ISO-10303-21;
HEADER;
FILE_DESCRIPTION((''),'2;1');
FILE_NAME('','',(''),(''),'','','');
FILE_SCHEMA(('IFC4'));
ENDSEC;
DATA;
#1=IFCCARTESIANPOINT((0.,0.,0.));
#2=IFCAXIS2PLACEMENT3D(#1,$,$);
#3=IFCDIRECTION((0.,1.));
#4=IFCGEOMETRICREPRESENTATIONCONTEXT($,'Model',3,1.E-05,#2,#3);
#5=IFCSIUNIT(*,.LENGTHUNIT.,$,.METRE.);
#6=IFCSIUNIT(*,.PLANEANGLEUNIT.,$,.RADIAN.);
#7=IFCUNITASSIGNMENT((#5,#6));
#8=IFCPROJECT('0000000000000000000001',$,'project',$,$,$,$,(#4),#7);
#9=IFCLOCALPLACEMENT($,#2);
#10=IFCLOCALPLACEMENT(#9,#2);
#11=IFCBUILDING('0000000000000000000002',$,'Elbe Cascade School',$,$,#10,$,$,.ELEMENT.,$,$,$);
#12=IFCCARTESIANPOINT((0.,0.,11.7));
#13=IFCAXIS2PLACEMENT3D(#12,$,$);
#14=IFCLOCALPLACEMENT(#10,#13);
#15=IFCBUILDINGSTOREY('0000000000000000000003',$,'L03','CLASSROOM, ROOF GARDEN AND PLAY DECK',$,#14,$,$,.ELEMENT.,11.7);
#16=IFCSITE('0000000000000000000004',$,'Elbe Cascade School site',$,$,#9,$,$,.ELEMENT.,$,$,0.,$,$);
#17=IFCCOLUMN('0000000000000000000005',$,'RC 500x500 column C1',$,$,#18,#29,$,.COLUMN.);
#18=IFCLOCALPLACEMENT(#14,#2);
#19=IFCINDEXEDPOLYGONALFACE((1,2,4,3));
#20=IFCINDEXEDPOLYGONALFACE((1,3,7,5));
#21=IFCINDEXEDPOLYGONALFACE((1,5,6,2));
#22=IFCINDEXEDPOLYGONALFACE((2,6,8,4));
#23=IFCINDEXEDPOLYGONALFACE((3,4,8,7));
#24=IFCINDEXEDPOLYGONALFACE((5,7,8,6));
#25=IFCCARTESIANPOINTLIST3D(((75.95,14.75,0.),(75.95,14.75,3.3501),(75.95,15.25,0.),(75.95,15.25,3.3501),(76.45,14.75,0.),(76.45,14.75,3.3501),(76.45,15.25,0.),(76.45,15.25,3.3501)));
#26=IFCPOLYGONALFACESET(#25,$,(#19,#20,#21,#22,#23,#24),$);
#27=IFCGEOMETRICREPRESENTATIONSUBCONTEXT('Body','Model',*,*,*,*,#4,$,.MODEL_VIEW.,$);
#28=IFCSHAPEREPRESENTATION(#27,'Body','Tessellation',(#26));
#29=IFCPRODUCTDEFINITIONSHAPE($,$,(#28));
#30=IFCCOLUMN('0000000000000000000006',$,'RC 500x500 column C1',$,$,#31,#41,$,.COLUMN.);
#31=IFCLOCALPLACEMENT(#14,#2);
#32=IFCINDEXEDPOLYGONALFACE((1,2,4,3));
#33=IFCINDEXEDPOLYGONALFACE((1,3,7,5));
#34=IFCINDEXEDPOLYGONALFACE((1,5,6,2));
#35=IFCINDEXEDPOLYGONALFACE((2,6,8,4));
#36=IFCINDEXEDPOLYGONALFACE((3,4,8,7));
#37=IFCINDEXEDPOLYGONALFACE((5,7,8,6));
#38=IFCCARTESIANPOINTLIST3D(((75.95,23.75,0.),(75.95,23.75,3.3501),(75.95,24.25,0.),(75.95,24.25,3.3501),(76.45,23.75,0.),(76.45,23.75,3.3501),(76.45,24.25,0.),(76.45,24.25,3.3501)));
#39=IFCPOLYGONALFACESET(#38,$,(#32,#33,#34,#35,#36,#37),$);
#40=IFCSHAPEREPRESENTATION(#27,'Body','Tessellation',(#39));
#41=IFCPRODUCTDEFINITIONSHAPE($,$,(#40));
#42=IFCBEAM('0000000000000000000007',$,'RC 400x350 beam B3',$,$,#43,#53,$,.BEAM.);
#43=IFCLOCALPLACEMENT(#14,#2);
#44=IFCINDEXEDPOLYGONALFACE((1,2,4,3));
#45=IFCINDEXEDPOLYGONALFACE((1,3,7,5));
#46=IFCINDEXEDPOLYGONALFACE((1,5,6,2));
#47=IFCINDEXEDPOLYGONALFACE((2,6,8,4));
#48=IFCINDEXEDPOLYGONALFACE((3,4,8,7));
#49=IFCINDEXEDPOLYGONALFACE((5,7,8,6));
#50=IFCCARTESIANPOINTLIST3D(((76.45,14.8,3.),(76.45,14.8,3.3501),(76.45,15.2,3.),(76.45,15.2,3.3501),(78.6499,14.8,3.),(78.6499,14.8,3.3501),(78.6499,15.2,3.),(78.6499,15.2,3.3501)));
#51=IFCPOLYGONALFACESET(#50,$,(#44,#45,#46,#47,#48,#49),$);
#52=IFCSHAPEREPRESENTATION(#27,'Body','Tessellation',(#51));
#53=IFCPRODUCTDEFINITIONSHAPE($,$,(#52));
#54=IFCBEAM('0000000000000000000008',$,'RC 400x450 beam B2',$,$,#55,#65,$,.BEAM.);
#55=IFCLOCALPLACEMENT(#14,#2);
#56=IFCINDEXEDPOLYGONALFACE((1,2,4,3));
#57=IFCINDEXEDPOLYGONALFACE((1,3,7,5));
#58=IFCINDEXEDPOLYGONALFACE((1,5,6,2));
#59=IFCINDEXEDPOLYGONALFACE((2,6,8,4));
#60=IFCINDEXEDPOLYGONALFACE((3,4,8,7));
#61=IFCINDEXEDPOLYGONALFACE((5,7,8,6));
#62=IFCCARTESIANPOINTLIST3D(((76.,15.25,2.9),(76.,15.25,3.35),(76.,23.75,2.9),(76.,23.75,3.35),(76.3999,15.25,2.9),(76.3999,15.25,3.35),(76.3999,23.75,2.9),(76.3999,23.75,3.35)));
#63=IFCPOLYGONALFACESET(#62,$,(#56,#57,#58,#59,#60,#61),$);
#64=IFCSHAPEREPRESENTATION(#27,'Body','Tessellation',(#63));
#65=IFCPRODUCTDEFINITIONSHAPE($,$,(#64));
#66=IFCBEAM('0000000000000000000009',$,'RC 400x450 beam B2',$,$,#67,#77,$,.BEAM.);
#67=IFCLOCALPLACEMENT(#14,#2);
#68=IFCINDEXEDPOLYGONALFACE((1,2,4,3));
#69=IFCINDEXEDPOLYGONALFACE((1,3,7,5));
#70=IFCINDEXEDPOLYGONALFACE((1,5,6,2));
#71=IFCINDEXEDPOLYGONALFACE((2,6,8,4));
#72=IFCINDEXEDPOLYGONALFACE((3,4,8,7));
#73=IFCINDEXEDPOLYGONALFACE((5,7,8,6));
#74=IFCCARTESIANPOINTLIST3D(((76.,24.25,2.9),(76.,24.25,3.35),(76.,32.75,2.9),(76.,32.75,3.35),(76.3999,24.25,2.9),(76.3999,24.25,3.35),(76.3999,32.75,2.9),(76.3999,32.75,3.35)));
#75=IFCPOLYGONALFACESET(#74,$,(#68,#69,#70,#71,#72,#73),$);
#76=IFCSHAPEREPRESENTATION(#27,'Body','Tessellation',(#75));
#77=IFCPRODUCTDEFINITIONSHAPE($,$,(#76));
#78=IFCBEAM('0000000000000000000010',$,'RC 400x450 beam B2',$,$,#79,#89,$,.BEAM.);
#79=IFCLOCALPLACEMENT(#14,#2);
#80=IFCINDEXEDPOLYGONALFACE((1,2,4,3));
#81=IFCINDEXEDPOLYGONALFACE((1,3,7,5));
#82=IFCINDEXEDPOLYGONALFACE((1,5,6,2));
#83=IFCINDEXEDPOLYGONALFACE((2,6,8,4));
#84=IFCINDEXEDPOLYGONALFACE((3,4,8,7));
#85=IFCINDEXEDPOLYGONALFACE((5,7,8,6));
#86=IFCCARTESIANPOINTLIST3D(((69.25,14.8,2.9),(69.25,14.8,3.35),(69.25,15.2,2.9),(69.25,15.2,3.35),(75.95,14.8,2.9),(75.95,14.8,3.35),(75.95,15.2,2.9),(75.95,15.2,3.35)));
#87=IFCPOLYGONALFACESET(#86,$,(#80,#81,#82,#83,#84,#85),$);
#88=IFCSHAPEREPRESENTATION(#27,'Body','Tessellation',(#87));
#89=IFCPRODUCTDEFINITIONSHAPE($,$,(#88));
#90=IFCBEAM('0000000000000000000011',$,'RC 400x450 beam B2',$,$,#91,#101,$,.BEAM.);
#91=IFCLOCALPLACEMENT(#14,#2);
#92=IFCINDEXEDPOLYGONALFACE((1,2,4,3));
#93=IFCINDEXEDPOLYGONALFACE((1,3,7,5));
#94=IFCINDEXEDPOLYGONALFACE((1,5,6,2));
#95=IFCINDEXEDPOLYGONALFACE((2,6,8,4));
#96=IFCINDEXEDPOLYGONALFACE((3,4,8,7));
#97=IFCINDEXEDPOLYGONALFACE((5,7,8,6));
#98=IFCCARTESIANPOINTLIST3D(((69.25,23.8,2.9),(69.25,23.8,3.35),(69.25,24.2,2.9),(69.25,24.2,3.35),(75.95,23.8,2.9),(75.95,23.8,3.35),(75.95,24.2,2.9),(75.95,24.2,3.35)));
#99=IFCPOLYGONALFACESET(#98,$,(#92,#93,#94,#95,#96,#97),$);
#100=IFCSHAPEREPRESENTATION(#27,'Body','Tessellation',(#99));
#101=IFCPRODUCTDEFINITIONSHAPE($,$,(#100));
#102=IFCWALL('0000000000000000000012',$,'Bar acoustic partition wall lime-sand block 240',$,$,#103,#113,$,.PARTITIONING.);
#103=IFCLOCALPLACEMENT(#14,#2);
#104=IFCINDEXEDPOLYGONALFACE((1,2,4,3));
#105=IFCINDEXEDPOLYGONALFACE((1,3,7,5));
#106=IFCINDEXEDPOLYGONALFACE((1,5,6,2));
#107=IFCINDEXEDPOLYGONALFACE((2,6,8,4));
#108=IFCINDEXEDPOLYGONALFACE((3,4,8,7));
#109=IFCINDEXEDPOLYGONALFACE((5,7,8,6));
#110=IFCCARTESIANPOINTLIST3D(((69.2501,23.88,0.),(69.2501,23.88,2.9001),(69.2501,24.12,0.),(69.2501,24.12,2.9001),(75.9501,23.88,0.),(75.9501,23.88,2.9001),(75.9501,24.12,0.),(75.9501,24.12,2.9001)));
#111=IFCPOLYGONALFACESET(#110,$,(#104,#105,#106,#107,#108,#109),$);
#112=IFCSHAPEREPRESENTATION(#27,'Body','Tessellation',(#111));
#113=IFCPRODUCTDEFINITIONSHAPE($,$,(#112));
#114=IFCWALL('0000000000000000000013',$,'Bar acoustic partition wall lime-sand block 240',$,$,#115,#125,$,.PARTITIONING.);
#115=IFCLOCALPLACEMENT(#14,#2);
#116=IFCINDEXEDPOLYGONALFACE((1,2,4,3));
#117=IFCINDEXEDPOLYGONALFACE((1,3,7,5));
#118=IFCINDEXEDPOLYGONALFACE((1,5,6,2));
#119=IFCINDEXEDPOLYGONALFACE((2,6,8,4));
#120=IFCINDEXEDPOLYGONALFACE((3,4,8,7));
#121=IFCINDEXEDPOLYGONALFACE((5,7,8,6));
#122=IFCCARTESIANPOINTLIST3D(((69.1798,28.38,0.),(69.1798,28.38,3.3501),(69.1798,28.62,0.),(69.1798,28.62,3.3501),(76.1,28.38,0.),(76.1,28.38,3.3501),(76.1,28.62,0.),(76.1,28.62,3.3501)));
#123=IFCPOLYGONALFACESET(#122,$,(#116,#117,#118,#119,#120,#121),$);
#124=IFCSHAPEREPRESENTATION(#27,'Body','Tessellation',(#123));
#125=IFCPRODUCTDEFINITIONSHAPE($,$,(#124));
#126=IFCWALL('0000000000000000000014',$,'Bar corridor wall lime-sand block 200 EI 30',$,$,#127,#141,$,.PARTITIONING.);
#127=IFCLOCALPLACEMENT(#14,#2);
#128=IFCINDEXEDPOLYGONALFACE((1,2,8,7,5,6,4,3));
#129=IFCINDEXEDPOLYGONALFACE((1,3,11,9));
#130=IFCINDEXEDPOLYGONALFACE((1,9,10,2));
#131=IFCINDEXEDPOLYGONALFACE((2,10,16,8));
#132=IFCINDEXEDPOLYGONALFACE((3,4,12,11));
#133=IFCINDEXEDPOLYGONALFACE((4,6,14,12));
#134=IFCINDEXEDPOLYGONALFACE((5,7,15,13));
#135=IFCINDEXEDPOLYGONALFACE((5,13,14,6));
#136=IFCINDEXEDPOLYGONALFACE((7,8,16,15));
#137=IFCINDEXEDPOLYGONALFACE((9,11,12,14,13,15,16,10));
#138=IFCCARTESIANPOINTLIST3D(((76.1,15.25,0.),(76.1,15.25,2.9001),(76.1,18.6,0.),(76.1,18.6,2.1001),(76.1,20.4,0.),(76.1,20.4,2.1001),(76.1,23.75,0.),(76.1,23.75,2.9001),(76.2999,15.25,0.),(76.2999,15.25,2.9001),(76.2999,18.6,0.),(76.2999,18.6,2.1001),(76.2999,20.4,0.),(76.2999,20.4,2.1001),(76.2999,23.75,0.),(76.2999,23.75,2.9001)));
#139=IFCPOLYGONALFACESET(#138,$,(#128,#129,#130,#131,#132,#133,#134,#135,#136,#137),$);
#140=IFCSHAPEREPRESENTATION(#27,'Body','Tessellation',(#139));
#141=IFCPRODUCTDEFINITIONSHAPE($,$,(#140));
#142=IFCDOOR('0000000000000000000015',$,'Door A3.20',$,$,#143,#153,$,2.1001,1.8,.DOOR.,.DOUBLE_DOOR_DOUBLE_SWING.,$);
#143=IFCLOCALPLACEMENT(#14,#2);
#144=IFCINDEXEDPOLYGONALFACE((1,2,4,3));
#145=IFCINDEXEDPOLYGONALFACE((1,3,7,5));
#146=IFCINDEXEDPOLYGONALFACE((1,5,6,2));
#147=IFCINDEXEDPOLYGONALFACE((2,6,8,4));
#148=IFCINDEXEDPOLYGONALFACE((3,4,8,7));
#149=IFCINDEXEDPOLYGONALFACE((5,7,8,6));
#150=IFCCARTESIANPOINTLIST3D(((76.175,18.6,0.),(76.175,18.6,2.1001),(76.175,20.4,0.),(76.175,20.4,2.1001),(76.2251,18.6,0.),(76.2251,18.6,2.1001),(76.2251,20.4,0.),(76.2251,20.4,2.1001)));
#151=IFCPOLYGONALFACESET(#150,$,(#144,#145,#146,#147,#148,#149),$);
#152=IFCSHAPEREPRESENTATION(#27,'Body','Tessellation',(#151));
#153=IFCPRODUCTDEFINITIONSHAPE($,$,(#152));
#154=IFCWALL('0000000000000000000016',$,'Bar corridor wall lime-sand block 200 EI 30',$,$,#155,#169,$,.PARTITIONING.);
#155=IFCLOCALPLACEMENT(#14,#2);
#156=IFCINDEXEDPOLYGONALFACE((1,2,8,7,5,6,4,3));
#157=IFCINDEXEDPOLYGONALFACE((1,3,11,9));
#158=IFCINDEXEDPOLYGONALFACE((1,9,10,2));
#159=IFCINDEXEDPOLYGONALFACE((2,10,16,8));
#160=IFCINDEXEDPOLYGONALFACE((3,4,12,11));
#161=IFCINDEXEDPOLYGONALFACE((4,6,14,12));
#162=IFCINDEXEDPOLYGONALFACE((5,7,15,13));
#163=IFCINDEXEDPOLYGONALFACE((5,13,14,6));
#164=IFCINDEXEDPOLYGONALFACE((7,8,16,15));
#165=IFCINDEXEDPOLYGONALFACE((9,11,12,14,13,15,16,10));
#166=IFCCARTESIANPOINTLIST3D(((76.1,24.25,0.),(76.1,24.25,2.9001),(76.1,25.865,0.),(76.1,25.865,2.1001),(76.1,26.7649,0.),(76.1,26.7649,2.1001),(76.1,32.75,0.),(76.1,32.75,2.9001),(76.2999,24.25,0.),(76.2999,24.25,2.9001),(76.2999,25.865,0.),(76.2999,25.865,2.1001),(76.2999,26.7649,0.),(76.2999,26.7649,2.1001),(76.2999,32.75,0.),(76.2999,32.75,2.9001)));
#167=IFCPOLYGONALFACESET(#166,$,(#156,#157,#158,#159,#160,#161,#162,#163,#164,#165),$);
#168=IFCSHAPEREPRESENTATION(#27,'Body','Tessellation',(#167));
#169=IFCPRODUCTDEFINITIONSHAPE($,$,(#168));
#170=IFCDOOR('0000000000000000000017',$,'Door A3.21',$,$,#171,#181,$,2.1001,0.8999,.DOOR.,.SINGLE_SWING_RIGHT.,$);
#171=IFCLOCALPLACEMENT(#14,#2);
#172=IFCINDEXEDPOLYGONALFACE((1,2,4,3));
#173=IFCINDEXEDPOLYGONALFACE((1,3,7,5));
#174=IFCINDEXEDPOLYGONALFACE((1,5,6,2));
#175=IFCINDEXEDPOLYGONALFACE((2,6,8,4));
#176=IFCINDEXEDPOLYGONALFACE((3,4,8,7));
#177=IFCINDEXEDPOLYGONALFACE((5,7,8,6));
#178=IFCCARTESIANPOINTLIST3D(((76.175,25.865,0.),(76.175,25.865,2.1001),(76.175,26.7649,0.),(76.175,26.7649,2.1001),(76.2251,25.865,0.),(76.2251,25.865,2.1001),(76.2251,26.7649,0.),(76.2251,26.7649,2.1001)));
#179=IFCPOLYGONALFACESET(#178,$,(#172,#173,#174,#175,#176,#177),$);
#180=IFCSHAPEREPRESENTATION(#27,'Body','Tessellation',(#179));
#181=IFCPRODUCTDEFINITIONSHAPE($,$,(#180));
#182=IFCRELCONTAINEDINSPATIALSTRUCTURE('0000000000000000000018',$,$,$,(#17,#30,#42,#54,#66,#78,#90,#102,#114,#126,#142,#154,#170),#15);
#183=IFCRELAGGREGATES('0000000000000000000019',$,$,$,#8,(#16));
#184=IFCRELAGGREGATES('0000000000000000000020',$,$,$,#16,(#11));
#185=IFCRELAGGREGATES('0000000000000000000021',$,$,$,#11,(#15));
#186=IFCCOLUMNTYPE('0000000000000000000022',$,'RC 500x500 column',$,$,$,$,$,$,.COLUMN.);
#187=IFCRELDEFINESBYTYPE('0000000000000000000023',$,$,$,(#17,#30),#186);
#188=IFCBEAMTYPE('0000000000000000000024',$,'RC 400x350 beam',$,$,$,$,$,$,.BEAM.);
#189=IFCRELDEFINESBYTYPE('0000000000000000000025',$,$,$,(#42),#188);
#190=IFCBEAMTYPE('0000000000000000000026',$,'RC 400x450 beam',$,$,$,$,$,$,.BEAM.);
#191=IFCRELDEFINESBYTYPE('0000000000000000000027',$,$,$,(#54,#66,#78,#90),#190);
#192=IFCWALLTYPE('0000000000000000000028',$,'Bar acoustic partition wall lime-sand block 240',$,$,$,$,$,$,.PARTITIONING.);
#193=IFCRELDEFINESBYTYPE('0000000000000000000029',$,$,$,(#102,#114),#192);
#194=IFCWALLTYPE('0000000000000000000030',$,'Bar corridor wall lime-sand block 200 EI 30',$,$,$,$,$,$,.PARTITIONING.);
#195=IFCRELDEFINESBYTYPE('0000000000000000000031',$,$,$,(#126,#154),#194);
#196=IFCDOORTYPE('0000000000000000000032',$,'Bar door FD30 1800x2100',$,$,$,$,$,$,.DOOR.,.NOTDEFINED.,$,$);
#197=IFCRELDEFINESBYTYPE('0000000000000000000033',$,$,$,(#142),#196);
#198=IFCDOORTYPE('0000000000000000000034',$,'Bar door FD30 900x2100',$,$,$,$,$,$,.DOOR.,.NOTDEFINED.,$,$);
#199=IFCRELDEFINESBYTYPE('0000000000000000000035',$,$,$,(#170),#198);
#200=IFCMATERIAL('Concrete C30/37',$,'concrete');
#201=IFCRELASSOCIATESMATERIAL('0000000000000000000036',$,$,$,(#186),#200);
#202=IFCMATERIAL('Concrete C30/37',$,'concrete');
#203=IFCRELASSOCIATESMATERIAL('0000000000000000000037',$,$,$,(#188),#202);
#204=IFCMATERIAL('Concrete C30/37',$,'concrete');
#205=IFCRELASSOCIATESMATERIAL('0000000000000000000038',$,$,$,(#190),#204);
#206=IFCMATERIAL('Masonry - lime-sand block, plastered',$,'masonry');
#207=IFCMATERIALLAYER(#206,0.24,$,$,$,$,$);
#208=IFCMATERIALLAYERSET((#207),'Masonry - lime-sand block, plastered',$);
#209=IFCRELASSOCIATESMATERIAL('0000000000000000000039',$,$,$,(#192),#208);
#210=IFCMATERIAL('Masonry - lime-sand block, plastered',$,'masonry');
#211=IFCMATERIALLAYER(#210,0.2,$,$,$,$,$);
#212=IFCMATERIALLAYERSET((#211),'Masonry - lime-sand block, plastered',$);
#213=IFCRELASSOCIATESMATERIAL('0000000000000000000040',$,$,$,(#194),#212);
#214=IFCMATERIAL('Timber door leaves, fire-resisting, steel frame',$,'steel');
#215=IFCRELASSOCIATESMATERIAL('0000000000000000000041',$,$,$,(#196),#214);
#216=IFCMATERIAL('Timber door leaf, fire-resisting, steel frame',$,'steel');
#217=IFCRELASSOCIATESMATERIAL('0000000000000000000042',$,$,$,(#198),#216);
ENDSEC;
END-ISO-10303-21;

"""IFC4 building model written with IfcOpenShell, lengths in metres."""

from ifc_helpers import new_model, si_unit, direction, frame, frame_2d, origin, origin_2d, place, context, subcontext, project, spatial, rectangle, extrude, material, layer, layer_set, material_profile, profile_set, type_object, element, fill, save


model = new_model("IFC4")

# Units and contexts
model_context = context("Model", 3, precision=1e-05, world=origin(), true_north=direction((0.0, 1.0)))
body_context = subcontext(model_context, "Body", "Model", "MODEL_VIEW")
ifc_project = project(units=[si_unit("LENGTHUNIT", "METRE"), si_unit("PLANEANGLEUNIT", "RADIAN")], contexts=[model_context])

# Site, building, storey
site_placement = place(None, origin())
site = spatial("IfcSite", under=ifc_project, at=site_placement, Name="Elbe Cascade School site", CompositionType="ELEMENT", RefElevation=0.0)
building_placement = place(site_placement, origin())
building = spatial("IfcBuilding", under=site, at=building_placement, Name="Elbe Cascade School", CompositionType="ELEMENT")
storey_placement = place(building_placement, frame((0.0, 0.0, 11.7)))
storey = spatial("IfcBuildingStorey", under=building, at=storey_placement, Name="L03", Description="CLASSROOM, ROOF GARDEN AND PLAY DECK", CompositionType="ELEMENT", Elevation=11.7)

# Columns
ifc_material_1 = material(Name="Concrete C30/37", Category="concrete")
ifc_material_profile_1 = material_profile(ifc_material_1, rectangle(XDim=0.5, YDim=0.5, at=origin_2d()), Name="RC 500x500")
ifc_profile_set_1 = profile_set([ifc_material_profile_1], Name="Concrete C30/37")
column_type = type_object("IfcColumnType", Name="RC 500x500 column", PredefinedType="COLUMN", material=ifc_profile_set_1)
for number, where, z_axis, x_axis, name in (
    (1, (76.2, 15.0, 0.0), (0.0, 0.0, 1.0), (1.0, 0.0, 0.0), "RC 500x500 column C1"),
    (2, (76.2, 24.0, 0.0), (0.0, 0.0, 1.0), (1.0, 0.0, 0.0), "RC 500x500 column C1"),
):
    element("IfcColumn", number, at=place(storey_placement, frame(where, z_axis=z_axis, x_axis=x_axis)), inside=storey, type_object=column_type, Name=name, PredefinedType="COLUMN", context=body_context, shape_type="SweptSolid", body=[
        extrude(rectangle(XDim=0.5, YDim=0.5, at=origin_2d()), origin(), (0.0, 0.0, 1.0), 3.3501),
    ])

# Beams
ifc_material_2 = material(Name="Concrete C30/37", Category="concrete")
ifc_material_profile_2 = material_profile(ifc_material_2, rectangle(XDim=0.3999, YDim=0.3501, at=origin_2d()), Name="RC 400x350")
ifc_profile_set_2 = profile_set([ifc_material_profile_2], Name="Concrete C30/37")
beam_type_1 = type_object("IfcBeamType", Name="RC 400x350 beam", PredefinedType="BEAM", material=ifc_profile_set_2)
beam_placement = place(storey_placement, frame((76.45, 15.0, 3.175), z_axis=(1.0, 0.0, 0.0), x_axis=(0.0, 1.0, 0.0)))
element("IfcBeam", 3, at=beam_placement, inside=storey, type_object=beam_type_1, Name="RC 400x350 beam B3", PredefinedType="BEAM", context=body_context, shape_type="SweptSolid", body=[
    extrude(rectangle(XDim=0.3999, YDim=0.3501, at=origin_2d()), origin(), (0.0, 0.0, 1.0), 2.2),
])
ifc_material_3 = material(Name="Concrete C30/37", Category="concrete")
ifc_material_profile_3 = material_profile(ifc_material_3, rectangle(XDim=0.3999, YDim=0.45, at=origin_2d()), Name="RC 400x450")
ifc_profile_set_3 = profile_set([ifc_material_profile_3], Name="Concrete C30/37")
beam_type_2 = type_object("IfcBeamType", Name="RC 400x450 beam", PredefinedType="BEAM", material=ifc_profile_set_3)
for number, where, z_axis, x_axis, name in (
    (4, (76.2, 15.25, 3.125), (0.0, 1.0, 0.0), (-1.0, 0.0, 0.0), "RC 400x450 beam B2"),
    (5, (76.2, 24.25, 3.125), (0.0, 1.0, 0.0), (-1.0, 0.0, 0.0), "RC 400x450 beam B2"),
):
    element("IfcBeam", number, at=place(storey_placement, frame(where, z_axis=z_axis, x_axis=x_axis)), inside=storey, type_object=beam_type_2, Name=name, PredefinedType="BEAM", context=body_context, shape_type="SweptSolid", body=[
        extrude(rectangle(XDim=0.3999, YDim=0.45, at=origin_2d()), origin(), (0.0, 0.0, 1.0), 8.5),
    ])
for number, where, z_axis, x_axis, name in (
    (6, (69.25, 15.0, 3.125), (1.0, 0.0, 0.0), (0.0, 1.0, 0.0), "RC 400x450 beam B2"),
    (7, (69.25, 24.0, 3.125), (1.0, 0.0, 0.0), (0.0, 1.0, 0.0), "RC 400x450 beam B2"),
):
    element("IfcBeam", number, at=place(storey_placement, frame(where, z_axis=z_axis, x_axis=x_axis)), inside=storey, type_object=beam_type_2, Name=name, PredefinedType="BEAM", context=body_context, shape_type="SweptSolid", body=[
        extrude(rectangle(XDim=0.3999, YDim=0.45, at=origin_2d()), origin(), (0.0, 0.0, 1.0), 6.7),
    ])

# Walls
ifc_material_4 = material(Name="Masonry - lime-sand block, plastered", Category="masonry")
ifc_layer_1 = layer(ifc_material_4, 0.24)
ifc_layer_set_1 = layer_set([ifc_layer_1], Name="Masonry - lime-sand block, plastered")
wall_type_1 = type_object("IfcWallType", Name="Bar acoustic partition wall lime-sand block 240", PredefinedType="PARTITIONING", material=ifc_layer_set_1)
wall_1_placement = place(storey_placement, frame((69.25, 24.0, 0.0), z_axis=(0.0, 0.0, 1.0), x_axis=(1.0, 0.0, 0.0)))
element("IfcWall", 8, at=wall_1_placement, inside=storey, type_object=wall_type_1, Name="Bar acoustic partition wall lime-sand block 240", PredefinedType="PARTITIONING", context=body_context, shape_type="SweptSolid", body=[
    extrude(rectangle(XDim=6.7, YDim=0.24, at=frame_2d((3.3501, 0.0))), origin(), (0.0, 0.0, 1.0), 2.9001),
])
wall_2_placement = place(storey_placement, frame((69.1799, 28.5, 0.0), z_axis=(0.0, 0.0, 1.0), x_axis=(1.0, 0.0, 0.0)))
element("IfcWall", 9, at=wall_2_placement, inside=storey, type_object=wall_type_1, Name="Bar acoustic partition wall lime-sand block 240", PredefinedType="PARTITIONING", context=body_context, shape_type="SweptSolid", body=[
    extrude(rectangle(XDim=6.9202, YDim=0.24, at=frame_2d((3.46, 0.0))), origin(), (0.0, 0.0, 1.0), 3.3501),
])

# Walls, openings, doors
ifc_material_5 = material(Name="Masonry - lime-sand block, plastered", Category="masonry")
ifc_layer_2 = layer(ifc_material_5, 0.2)
ifc_layer_set_2 = layer_set([ifc_layer_2], Name="Masonry - lime-sand block, plastered")
wall_type_2 = type_object("IfcWallType", Name="Bar corridor wall lime-sand block 200 EI 30", PredefinedType="PARTITIONING", material=ifc_layer_set_2)
wall_3_placement = place(storey_placement, frame((76.2, 15.25, 0.0), z_axis=(0.0, 0.0, 1.0), x_axis=(0.0, 1.0, 0.0)))
wall_3 = element("IfcWall", 10, at=wall_3_placement, inside=storey, type_object=wall_type_2, Name="Bar corridor wall lime-sand block 200 EI 30", PredefinedType="PARTITIONING", context=body_context, shape_type="SweptSolid", body=[
    extrude(rectangle(XDim=8.5, YDim=0.2, at=frame_2d((4.25, 0.0))), origin(), (0.0, 0.0, 1.0), 2.9001),
])
opening_1_placement = place(wall_3_placement, frame((3.3501, 0.0, 0.0)))
opening_1 = element("IfcOpeningElement", 11, at=opening_1_placement, cuts=wall_3, PredefinedType="OPENING", context=body_context, shape_type="SweptSolid", body=[
    extrude(rectangle(XDim=1.8, YDim=2.1001, at=frame_2d((0.8999, 1.05))), frame((0.0, 0.1099, 0.0), z_axis=(0.0, -1.0, 0.0), x_axis=(1.0, 0.0, 0.0)), (0.0, 0.0, 1.0), 0.22),
])
ifc_material_6 = material(Name="Timber door leaves, fire-resisting, steel frame", Category="steel")
door_type_1 = type_object("IfcDoorType", Name="Bar door FD30 1800x2100", OperationType="NOTDEFINED", PredefinedType="DOOR", material=ifc_material_6)
door_1_placement = place(opening_1_placement, origin())
door_1 = element("IfcDoor", 12, at=door_1_placement, inside=storey, type_object=door_type_1, Name="Door A3.20", OperationType="DOUBLE_DOOR_DOUBLE_SWING", OverallHeight=2.1001, OverallWidth=1.8, PredefinedType="DOOR", context=body_context, shape_type="SweptSolid", body=[
    extrude(rectangle(XDim=1.8, YDim=2.1001, at=frame_2d((0.8999, 1.05))), frame((0.0, 0.0249, 0.0), z_axis=(0.0, -1.0, 0.0), x_axis=(1.0, 0.0, 0.0)), (0.0, 0.0, 1.0), 0.05),
])
fill(opening_1, door_1)
wall_4_placement = place(storey_placement, frame((76.2, 24.25, 0.0), z_axis=(0.0, 0.0, 1.0), x_axis=(0.0, 1.0, 0.0)))
wall_4 = element("IfcWall", 13, at=wall_4_placement, inside=storey, type_object=wall_type_2, Name="Bar corridor wall lime-sand block 200 EI 30", PredefinedType="PARTITIONING", context=body_context, shape_type="SweptSolid", body=[
    extrude(rectangle(XDim=8.5, YDim=0.2, at=frame_2d((4.25, 0.0))), origin(), (0.0, 0.0, 1.0), 2.9001),
])
opening_2_placement = place(wall_4_placement, frame((1.615, 0.0, 0.0)))
opening_2 = element("IfcOpeningElement", 14, at=opening_2_placement, cuts=wall_4, PredefinedType="OPENING", context=body_context, shape_type="SweptSolid", body=[
    extrude(rectangle(XDim=0.8999, YDim=2.1001, at=frame_2d((0.45, 1.05))), frame((0.0, 0.1099, 0.0), z_axis=(0.0, -1.0, 0.0), x_axis=(1.0, 0.0, 0.0)), (0.0, 0.0, 1.0), 0.22),
])
ifc_material_7 = material(Name="Timber door leaf, fire-resisting, steel frame", Category="steel")
door_type_2 = type_object("IfcDoorType", Name="Bar door FD30 900x2100", OperationType="NOTDEFINED", PredefinedType="DOOR", material=ifc_material_7)
door_2_placement = place(opening_2_placement, origin())
door_2 = element("IfcDoor", 15, at=door_2_placement, inside=storey, type_object=door_type_2, Name="Door A3.21", OperationType="SINGLE_SWING_RIGHT", OverallHeight=2.1001, OverallWidth=0.8999, PredefinedType="DOOR", context=body_context, shape_type="SweptSolid", body=[
    extrude(rectangle(XDim=0.8999, YDim=2.1001, at=frame_2d((0.45, 1.05))), frame((0.0, 0.0249, 0.0), z_axis=(0.0, -1.0, 0.0), x_axis=(1.0, 0.0, 0.0)), (0.0, 0.0, 1.0), 0.05),
])
fill(opening_2, door_2)

save(model, "model.ifc")
